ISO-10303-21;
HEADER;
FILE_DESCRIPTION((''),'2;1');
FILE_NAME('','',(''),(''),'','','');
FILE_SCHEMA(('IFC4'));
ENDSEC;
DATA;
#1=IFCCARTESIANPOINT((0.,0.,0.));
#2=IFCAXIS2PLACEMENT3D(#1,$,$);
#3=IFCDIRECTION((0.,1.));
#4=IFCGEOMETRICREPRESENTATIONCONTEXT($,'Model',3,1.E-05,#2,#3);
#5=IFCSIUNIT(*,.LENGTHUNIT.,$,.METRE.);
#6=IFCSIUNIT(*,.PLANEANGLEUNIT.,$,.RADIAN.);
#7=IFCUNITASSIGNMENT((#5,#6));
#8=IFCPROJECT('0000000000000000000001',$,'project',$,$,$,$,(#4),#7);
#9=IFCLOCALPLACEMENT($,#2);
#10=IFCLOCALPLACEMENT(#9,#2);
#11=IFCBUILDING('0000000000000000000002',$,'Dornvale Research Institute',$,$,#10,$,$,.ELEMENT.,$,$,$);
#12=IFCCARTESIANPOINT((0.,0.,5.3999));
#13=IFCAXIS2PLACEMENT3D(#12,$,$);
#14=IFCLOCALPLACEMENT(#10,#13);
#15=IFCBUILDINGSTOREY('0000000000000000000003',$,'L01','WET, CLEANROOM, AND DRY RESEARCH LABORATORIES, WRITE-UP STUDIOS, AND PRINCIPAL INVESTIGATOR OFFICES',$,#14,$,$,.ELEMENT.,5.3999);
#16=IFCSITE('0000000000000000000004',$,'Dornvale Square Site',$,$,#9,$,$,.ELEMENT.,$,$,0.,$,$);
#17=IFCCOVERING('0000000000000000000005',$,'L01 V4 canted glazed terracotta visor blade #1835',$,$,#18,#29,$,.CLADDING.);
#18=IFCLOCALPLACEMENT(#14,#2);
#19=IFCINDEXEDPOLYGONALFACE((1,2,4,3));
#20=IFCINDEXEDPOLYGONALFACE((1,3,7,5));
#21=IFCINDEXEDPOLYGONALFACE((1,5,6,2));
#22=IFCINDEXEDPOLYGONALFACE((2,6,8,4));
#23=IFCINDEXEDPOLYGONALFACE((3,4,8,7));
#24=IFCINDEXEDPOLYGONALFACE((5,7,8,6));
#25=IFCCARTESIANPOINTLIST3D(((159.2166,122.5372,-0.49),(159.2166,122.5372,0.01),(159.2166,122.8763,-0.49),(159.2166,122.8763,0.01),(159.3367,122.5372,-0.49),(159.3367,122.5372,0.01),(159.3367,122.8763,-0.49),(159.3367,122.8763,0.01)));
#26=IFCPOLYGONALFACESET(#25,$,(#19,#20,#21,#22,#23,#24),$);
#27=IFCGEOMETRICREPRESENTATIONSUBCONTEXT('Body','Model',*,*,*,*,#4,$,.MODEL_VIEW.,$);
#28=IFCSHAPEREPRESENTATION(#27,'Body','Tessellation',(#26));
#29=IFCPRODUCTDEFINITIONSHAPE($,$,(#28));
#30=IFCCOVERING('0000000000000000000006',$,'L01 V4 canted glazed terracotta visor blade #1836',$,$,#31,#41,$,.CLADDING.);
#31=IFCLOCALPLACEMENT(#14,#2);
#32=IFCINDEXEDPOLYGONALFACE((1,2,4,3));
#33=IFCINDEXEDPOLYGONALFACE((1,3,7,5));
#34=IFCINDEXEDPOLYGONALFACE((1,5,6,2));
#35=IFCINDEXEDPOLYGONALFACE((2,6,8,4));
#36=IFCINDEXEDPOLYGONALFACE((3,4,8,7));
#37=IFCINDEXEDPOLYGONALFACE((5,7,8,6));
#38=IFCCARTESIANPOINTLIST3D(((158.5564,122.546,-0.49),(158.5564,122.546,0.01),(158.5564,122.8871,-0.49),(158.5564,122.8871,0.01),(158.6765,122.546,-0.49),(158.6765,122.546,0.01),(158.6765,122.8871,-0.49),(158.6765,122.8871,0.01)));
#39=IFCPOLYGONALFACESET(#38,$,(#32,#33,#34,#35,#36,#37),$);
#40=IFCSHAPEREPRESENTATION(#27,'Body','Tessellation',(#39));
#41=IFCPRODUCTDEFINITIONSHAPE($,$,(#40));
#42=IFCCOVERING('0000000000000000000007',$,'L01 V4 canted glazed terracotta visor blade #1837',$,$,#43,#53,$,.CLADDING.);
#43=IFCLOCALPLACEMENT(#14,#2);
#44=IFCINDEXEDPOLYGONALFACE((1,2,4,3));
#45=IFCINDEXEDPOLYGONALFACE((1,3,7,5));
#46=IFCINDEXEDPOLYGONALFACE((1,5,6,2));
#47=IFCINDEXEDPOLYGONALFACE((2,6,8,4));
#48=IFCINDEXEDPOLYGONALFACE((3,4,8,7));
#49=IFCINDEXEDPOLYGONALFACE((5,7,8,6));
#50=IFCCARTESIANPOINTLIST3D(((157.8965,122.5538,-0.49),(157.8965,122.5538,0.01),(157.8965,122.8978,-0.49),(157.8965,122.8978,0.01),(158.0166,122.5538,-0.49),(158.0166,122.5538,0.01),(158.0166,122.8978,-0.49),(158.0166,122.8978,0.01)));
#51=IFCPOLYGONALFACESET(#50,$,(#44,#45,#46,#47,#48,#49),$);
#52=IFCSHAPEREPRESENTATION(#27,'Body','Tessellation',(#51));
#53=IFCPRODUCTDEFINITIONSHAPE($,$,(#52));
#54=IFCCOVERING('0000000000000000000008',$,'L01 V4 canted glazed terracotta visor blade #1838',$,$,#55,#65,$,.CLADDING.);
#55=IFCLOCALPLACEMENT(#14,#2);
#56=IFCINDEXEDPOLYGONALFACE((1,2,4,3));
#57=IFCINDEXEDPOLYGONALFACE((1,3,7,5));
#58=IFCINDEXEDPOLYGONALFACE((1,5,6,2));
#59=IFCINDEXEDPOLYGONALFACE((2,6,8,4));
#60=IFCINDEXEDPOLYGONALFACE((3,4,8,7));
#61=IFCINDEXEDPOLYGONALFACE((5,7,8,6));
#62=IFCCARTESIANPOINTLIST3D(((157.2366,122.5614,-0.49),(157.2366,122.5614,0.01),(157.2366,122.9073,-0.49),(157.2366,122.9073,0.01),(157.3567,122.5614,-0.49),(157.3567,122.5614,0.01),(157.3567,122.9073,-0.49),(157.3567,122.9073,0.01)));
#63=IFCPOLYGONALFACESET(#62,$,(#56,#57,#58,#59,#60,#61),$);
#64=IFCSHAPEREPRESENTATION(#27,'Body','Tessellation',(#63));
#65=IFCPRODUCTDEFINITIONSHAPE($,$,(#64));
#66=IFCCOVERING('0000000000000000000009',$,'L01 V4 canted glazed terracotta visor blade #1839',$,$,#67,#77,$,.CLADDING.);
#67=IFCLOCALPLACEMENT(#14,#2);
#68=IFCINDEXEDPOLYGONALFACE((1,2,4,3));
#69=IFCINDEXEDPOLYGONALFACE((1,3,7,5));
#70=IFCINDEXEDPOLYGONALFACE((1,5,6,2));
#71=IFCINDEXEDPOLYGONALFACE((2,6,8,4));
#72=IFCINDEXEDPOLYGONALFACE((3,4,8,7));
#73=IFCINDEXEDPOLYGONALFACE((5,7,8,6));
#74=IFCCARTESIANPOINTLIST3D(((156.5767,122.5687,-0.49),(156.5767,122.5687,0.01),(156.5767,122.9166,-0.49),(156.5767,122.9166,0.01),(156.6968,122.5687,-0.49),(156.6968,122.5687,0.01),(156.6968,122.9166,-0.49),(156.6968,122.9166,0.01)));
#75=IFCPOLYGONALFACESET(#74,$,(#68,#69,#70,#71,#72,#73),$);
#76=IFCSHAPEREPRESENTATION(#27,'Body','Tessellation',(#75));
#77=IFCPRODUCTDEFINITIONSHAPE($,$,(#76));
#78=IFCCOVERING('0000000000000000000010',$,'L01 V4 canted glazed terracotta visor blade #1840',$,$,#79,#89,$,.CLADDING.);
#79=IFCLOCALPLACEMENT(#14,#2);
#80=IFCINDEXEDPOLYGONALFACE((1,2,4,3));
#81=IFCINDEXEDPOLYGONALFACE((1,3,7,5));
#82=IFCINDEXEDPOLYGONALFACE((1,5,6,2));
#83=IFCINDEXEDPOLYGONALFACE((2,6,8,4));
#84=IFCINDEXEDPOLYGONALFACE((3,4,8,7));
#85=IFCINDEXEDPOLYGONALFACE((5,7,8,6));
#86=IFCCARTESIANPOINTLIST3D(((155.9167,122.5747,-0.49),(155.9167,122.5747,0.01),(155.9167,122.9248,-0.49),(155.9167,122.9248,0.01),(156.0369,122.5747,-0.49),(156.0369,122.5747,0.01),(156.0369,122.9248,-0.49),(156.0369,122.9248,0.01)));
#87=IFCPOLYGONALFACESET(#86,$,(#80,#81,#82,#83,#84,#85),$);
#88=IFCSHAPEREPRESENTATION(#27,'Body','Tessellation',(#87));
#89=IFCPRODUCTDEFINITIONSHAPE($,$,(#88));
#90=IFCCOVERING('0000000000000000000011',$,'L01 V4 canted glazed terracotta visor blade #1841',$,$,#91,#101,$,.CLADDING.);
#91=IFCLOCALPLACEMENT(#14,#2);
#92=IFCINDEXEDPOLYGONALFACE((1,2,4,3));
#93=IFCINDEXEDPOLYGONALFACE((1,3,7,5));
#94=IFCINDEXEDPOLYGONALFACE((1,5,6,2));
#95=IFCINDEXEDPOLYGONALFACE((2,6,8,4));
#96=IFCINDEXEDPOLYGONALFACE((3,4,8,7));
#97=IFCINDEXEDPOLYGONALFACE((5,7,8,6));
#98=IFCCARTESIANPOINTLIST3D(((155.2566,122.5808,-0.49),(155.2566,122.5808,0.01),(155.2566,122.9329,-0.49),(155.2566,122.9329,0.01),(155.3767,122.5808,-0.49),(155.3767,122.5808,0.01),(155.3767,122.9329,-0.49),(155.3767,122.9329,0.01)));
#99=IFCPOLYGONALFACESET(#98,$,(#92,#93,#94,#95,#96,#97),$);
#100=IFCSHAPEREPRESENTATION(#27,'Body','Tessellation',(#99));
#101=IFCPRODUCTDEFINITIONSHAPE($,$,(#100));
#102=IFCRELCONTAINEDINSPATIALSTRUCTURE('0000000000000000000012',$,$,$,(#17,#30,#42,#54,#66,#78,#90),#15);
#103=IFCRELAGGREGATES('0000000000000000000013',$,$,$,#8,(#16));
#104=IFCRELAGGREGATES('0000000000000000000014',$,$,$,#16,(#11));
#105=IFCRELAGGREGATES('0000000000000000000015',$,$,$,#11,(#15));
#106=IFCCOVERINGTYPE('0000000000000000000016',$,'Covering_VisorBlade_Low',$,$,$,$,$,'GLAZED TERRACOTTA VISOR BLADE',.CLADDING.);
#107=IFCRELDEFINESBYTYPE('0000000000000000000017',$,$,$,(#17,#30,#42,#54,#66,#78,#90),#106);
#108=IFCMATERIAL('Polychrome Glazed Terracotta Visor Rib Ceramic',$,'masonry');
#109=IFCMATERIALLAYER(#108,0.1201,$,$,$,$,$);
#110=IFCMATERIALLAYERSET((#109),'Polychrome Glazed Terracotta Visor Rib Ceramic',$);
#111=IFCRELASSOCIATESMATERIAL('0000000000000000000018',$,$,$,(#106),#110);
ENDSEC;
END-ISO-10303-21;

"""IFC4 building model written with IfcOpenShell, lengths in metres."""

from ifc_helpers import new_model, si_unit, direction, frame, origin, origin_2d, place, context, subcontext, project, spatial, rectangle, extrude, material, layer, layer_set, type_object, element, save


model = new_model("IFC4")

# Units and contexts
model_context = context("Model", 3, precision=1e-05, world=origin(), true_north=direction((0.0, 1.0)))
body_context = subcontext(model_context, "Body", "Model", "MODEL_VIEW")
ifc_project = project(units=[si_unit("LENGTHUNIT", "METRE"), si_unit("PLANEANGLEUNIT", "RADIAN")], contexts=[model_context])

# Site, building, storey
site_placement = place(None, origin())
site = spatial("IfcSite", under=ifc_project, at=site_placement, Name="Dornvale Square Site", CompositionType="ELEMENT", RefElevation=0.0)
building_placement = place(site_placement, origin())
building = spatial("IfcBuilding", under=site, at=building_placement, Name="Dornvale Research Institute", CompositionType="ELEMENT")
storey_placement = place(building_placement, frame((0.0, 0.0, 5.3999)))
storey = spatial("IfcBuildingStorey", under=building, at=storey_placement, Name="L01", Description="WET, CLEANROOM, AND DRY RESEARCH LABORATORIES, WRITE-UP STUDIOS, AND PRINCIPAL INVESTIGATOR OFFICES", CompositionType="ELEMENT", Elevation=5.3999)

# Coverings
ifc_material_1 = material(Name="Polychrome Glazed Terracotta Visor Rib Ceramic", Category="masonry")
ifc_layer_1 = layer(ifc_material_1, 0.1201)
ifc_layer_set_1 = layer_set([ifc_layer_1], Name="Polychrome Glazed Terracotta Visor Rib Ceramic")
covering_type = type_object("IfcCoveringType", Name="Covering_VisorBlade_Low", ElementType="GLAZED TERRACOTTA VISOR BLADE", PredefinedType="CLADDING", material=ifc_layer_set_1)
covering_1_placement = place(storey_placement, frame((159.2766, 122.7068, -0.49), z_axis=(0.0, 0.0, 1.0), x_axis=(0.0, 1.0, 0.0)))
element("IfcCovering", 1, at=covering_1_placement, inside=storey, type_object=covering_type, Name="L01 V4 canted glazed terracotta visor blade #1835", PredefinedType="CLADDING", context=body_context, shape_type="SweptSolid", body=[
    extrude(rectangle(XDim=0.3391, YDim=0.1201, at=origin_2d()), origin(), (0.0, 0.0, 1.0), 0.5),
])
covering_2_placement = place(storey_placement, frame((158.6165, 122.7166, -0.49), z_axis=(0.0, 0.0, 1.0), x_axis=(0.0, 1.0, 0.0)))
element("IfcCovering", 2, at=covering_2_placement, inside=storey, type_object=covering_type, Name="L01 V4 canted glazed terracotta visor blade #1836", PredefinedType="CLADDING", context=body_context, shape_type="SweptSolid", body=[
    extrude(rectangle(XDim=0.3411, YDim=0.1201, at=origin_2d()), origin(), (0.0, 0.0, 1.0), 0.5),
])
covering_3_placement = place(storey_placement, frame((157.9565, 122.7258, -0.49), z_axis=(0.0, 0.0, 1.0), x_axis=(0.0, 1.0, 0.0)))
element("IfcCovering", 3, at=covering_3_placement, inside=storey, type_object=covering_type, Name="L01 V4 canted glazed terracotta visor blade #1837", PredefinedType="CLADDING", context=body_context, shape_type="SweptSolid", body=[
    extrude(rectangle(XDim=0.344, YDim=0.1201, at=origin_2d()), origin(), (0.0, 0.0, 1.0), 0.5),
])
covering_4_placement = place(storey_placement, frame((157.2966, 122.7344, -0.49), z_axis=(0.0, 0.0, 1.0), x_axis=(0.0, 1.0, 0.0)))
element("IfcCovering", 4, at=covering_4_placement, inside=storey, type_object=covering_type, Name="L01 V4 canted glazed terracotta visor blade #1838", PredefinedType="CLADDING", context=body_context, shape_type="SweptSolid", body=[
    extrude(rectangle(XDim=0.3459, YDim=0.1201, at=origin_2d()), origin(), (0.0, 0.0, 1.0), 0.5),
])
covering_5_placement = place(storey_placement, frame((156.6367, 122.7427, -0.49), z_axis=(0.0, 0.0, 1.0), x_axis=(0.0, 1.0, 0.0)))
element("IfcCovering", 5, at=covering_5_placement, inside=storey, type_object=covering_type, Name="L01 V4 canted glazed terracotta visor blade #1839", PredefinedType="CLADDING", context=body_context, shape_type="SweptSolid", body=[
    extrude(rectangle(XDim=0.3479, YDim=0.1201, at=origin_2d()), origin(), (0.0, 0.0, 1.0), 0.5),
])
covering_6_placement = place(storey_placement, frame((155.9768, 122.7498, -0.49), z_axis=(0.0, 0.0, 1.0), x_axis=(0.0, 1.0, 0.0)))
element("IfcCovering", 6, at=covering_6_placement, inside=storey, type_object=covering_type, Name="L01 V4 canted glazed terracotta visor blade #1840", PredefinedType="CLADDING", context=body_context, shape_type="SweptSolid", body=[
    extrude(rectangle(XDim=0.3501, YDim=0.1201, at=origin_2d()), origin(), (0.0, 0.0, 1.0), 0.5),
])
covering_7_placement = place(storey_placement, frame((155.3167, 122.7568, -0.49), z_axis=(0.0, 0.0, 1.0), x_axis=(0.0, 1.0, 0.0)))
element("IfcCovering", 7, at=covering_7_placement, inside=storey, type_object=covering_type, Name="L01 V4 canted glazed terracotta visor blade #1841", PredefinedType="CLADDING", context=body_context, shape_type="SweptSolid", body=[
    extrude(rectangle(XDim=0.3521, YDim=0.1201, at=origin_2d()), origin(), (0.0, 0.0, 1.0), 0.5),
])

save(model, "model.ifc")
